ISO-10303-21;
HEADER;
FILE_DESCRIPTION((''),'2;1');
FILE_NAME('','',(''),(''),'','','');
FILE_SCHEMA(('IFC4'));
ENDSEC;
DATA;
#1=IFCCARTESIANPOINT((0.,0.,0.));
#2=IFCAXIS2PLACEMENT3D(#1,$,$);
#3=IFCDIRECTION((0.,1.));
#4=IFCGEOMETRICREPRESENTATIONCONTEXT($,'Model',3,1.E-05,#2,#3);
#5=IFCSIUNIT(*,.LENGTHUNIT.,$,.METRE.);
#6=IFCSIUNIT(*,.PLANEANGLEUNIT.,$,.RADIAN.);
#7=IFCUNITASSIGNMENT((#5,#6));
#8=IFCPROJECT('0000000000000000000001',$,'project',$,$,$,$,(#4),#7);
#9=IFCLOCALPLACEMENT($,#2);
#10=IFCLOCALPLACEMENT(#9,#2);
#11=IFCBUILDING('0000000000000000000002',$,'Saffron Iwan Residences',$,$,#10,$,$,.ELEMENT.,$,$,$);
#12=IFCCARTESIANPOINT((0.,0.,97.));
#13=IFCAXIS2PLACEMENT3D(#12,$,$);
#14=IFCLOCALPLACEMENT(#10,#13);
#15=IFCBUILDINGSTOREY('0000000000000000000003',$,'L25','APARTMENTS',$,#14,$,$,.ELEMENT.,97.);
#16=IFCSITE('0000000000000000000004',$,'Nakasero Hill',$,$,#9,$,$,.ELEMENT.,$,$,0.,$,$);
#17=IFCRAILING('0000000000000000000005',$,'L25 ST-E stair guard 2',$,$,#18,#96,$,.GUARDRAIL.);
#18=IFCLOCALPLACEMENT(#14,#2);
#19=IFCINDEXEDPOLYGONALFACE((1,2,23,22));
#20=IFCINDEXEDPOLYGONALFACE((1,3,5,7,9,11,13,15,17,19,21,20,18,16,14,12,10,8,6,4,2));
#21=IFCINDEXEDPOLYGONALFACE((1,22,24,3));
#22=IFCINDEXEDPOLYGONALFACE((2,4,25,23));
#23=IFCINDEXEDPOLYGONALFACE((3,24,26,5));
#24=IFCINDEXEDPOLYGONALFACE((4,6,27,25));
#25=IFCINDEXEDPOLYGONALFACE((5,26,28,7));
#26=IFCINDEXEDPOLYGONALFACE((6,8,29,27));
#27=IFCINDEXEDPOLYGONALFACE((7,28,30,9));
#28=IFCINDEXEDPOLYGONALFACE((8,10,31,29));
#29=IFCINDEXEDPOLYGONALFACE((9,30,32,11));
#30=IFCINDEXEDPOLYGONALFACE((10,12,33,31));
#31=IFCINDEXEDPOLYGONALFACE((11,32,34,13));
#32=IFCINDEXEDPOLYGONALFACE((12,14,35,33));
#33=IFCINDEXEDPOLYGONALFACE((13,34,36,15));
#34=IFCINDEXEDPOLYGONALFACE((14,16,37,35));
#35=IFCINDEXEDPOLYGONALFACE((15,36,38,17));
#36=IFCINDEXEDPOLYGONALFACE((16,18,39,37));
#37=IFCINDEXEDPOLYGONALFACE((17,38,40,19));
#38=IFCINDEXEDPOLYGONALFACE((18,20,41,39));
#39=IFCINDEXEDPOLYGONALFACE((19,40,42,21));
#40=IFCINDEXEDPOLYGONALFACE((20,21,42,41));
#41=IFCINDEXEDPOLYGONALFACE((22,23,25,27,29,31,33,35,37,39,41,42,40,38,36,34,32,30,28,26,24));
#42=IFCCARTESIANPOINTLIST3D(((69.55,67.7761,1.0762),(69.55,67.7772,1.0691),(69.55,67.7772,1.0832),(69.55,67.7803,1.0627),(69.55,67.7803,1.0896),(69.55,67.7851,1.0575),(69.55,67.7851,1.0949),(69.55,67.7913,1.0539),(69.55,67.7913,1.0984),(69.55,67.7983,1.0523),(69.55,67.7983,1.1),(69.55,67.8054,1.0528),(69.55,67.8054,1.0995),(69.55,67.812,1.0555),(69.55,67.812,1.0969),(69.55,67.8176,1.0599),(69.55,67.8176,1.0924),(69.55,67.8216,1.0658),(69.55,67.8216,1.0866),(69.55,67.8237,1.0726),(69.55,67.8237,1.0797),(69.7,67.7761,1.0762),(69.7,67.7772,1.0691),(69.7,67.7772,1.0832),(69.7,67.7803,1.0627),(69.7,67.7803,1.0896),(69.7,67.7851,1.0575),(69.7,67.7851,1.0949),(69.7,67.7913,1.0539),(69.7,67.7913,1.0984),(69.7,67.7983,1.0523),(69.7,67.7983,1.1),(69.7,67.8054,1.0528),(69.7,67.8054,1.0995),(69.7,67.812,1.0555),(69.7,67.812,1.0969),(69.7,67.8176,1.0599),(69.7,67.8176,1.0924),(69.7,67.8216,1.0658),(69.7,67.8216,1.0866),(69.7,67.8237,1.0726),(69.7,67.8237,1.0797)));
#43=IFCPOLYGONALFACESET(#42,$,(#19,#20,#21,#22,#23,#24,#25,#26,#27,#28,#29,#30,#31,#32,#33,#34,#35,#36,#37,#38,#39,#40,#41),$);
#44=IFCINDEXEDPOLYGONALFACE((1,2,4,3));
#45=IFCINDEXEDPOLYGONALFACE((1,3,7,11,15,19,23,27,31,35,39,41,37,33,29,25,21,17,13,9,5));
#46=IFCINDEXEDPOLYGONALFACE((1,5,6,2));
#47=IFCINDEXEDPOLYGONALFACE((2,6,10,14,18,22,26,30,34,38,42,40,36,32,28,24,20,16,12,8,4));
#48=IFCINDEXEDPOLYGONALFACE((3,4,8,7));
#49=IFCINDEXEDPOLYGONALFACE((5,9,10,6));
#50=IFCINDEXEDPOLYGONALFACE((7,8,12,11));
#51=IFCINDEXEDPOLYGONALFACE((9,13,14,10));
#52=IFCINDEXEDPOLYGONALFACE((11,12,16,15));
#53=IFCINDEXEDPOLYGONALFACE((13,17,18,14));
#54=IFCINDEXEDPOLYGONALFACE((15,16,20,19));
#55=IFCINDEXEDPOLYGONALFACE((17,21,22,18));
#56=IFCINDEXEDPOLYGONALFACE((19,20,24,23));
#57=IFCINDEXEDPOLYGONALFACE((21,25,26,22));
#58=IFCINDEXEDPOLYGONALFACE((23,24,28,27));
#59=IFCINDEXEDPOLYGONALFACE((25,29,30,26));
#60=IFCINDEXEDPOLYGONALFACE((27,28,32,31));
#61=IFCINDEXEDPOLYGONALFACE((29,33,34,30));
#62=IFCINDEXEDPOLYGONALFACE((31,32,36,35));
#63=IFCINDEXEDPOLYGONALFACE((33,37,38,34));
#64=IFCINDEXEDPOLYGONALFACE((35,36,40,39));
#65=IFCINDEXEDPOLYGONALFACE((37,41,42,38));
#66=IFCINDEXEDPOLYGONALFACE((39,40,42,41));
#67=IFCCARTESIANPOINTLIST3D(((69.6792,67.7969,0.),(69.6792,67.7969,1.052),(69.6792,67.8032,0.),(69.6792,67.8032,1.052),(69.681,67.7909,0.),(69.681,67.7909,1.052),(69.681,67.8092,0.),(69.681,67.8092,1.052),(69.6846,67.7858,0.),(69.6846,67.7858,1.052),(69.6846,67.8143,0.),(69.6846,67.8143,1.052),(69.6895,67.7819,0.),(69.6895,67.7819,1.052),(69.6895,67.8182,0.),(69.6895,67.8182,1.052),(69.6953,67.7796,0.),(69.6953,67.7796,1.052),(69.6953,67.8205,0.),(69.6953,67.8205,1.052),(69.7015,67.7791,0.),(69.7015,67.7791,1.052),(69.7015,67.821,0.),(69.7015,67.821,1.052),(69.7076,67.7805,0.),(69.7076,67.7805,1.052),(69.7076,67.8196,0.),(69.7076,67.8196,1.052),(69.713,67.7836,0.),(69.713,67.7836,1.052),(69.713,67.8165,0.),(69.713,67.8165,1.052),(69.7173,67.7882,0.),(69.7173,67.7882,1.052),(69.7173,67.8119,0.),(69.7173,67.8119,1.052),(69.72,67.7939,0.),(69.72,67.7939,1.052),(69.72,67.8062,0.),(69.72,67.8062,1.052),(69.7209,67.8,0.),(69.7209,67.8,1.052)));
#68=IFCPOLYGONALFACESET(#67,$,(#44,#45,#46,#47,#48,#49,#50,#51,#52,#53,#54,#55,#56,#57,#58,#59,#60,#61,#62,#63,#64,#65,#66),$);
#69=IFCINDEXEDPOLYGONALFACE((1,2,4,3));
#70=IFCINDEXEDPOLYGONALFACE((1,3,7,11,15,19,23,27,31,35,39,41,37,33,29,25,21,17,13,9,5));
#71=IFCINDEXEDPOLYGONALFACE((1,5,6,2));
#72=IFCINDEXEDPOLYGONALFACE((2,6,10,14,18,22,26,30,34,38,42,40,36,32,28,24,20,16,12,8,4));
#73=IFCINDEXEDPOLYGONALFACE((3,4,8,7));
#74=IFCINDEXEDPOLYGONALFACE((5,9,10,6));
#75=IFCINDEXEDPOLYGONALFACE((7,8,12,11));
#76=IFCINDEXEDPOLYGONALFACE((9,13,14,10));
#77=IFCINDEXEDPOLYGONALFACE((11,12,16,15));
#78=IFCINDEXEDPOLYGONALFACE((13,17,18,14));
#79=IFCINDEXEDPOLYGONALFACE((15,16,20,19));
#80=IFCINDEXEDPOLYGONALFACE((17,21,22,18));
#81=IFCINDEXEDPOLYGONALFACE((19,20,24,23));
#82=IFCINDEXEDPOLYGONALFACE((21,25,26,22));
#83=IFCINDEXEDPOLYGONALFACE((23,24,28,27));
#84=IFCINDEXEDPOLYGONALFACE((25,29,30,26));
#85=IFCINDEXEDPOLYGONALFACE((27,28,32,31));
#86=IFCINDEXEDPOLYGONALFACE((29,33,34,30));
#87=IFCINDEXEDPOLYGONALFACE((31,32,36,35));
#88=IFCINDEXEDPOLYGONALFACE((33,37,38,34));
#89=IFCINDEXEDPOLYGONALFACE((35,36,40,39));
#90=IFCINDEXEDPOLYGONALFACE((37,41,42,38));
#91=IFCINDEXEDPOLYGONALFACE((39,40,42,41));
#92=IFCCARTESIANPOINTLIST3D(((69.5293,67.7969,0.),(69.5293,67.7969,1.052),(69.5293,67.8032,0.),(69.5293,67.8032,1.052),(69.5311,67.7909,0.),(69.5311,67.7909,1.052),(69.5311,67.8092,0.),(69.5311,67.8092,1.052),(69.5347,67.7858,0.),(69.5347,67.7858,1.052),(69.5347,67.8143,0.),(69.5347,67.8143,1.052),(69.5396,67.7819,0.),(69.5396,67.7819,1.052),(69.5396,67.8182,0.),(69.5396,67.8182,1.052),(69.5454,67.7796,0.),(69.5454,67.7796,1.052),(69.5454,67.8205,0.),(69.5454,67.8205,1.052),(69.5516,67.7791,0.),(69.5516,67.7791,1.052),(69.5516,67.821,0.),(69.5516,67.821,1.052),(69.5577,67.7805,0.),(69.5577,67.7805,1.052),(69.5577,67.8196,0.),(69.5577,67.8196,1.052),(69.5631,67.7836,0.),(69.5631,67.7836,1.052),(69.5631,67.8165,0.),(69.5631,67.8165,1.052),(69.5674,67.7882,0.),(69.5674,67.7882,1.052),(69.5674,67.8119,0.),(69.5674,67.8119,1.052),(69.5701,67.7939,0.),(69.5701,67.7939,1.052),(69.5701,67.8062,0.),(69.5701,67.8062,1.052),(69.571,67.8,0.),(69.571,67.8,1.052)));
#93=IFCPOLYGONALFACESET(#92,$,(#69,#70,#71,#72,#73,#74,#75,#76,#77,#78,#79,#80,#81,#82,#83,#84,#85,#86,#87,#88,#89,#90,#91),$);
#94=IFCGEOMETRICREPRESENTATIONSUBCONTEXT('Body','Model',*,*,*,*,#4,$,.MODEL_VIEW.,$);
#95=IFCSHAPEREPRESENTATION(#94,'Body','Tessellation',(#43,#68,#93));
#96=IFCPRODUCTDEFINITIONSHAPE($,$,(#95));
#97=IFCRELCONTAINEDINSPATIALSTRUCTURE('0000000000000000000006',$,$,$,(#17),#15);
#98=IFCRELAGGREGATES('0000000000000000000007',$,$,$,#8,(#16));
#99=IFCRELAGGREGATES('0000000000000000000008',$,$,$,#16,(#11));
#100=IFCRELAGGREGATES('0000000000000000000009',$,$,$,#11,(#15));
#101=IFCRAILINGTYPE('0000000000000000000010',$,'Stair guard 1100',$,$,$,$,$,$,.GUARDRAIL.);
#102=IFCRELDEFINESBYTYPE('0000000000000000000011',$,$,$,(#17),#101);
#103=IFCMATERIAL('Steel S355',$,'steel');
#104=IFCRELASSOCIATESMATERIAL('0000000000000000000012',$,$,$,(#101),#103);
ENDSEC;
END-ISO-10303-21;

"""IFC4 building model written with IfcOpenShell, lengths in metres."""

from ifc_helpers import new_model, si_unit, direction, frame, origin, origin_2d, place, context, subcontext, project, spatial, circle, extrude, material, type_object, element, save


model = new_model("IFC4")

# Units and contexts
model_context = context("Model", 3, precision=1e-05, world=origin(), true_north=direction((0.0, 1.0)))
body_context = subcontext(model_context, "Body", "Model", "MODEL_VIEW")
ifc_project = project(units=[si_unit("LENGTHUNIT", "METRE"), si_unit("PLANEANGLEUNIT", "RADIAN")], contexts=[model_context])

# Site, building, storey
site_placement = place(None, origin())
site = spatial("IfcSite", under=ifc_project, at=site_placement, Name="Nakasero Hill", CompositionType="ELEMENT", RefElevation=0.0)
building_placement = place(site_placement, origin())
building = spatial("IfcBuilding", under=site, at=building_placement, Name="Saffron Iwan Residences", CompositionType="ELEMENT")
storey_placement = place(building_placement, frame((0.0, 0.0, 97.0)))
storey = spatial("IfcBuildingStorey", under=building, at=storey_placement, Name="L25", Description="APARTMENTS", CompositionType="ELEMENT", Elevation=97.0)

# Railing
ifc_material_1 = material(Name="Steel S355", Category="steel")
railing_type_1 = type_object("IfcRailingType", Name="Stair guard 1100", PredefinedType="GUARDRAIL", material=ifc_material_1)
railing_1_placement = place(storey_placement, frame((69.7, 67.8, 0.0)))
element("IfcRailing", 1, at=railing_1_placement, inside=storey, type_object=railing_type_1, Name="L25 ST-E stair guard 2", PredefinedType="GUARDRAIL", context=body_context, shape_type="SweptSolid", body=[
    extrude(circle(Radius=0.0239, at=origin_2d()), frame((0.0, 0.0, 1.0762), z_axis=(-1.0, 0.0, 0.0), x_axis=(0.0, -1.0, 0.0)), (0.0, 0.0, 1.0), 0.1499),
    extrude(circle(Radius=0.021, at=origin_2d()), origin(), (0.0, 0.0, 1.0), 1.052),
    extrude(circle(Radius=0.021, at=origin_2d()), frame((-0.1499, 0.0, 0.0)), (0.0, 0.0, 1.0), 1.052),
])

save(model, "model.ifc")
